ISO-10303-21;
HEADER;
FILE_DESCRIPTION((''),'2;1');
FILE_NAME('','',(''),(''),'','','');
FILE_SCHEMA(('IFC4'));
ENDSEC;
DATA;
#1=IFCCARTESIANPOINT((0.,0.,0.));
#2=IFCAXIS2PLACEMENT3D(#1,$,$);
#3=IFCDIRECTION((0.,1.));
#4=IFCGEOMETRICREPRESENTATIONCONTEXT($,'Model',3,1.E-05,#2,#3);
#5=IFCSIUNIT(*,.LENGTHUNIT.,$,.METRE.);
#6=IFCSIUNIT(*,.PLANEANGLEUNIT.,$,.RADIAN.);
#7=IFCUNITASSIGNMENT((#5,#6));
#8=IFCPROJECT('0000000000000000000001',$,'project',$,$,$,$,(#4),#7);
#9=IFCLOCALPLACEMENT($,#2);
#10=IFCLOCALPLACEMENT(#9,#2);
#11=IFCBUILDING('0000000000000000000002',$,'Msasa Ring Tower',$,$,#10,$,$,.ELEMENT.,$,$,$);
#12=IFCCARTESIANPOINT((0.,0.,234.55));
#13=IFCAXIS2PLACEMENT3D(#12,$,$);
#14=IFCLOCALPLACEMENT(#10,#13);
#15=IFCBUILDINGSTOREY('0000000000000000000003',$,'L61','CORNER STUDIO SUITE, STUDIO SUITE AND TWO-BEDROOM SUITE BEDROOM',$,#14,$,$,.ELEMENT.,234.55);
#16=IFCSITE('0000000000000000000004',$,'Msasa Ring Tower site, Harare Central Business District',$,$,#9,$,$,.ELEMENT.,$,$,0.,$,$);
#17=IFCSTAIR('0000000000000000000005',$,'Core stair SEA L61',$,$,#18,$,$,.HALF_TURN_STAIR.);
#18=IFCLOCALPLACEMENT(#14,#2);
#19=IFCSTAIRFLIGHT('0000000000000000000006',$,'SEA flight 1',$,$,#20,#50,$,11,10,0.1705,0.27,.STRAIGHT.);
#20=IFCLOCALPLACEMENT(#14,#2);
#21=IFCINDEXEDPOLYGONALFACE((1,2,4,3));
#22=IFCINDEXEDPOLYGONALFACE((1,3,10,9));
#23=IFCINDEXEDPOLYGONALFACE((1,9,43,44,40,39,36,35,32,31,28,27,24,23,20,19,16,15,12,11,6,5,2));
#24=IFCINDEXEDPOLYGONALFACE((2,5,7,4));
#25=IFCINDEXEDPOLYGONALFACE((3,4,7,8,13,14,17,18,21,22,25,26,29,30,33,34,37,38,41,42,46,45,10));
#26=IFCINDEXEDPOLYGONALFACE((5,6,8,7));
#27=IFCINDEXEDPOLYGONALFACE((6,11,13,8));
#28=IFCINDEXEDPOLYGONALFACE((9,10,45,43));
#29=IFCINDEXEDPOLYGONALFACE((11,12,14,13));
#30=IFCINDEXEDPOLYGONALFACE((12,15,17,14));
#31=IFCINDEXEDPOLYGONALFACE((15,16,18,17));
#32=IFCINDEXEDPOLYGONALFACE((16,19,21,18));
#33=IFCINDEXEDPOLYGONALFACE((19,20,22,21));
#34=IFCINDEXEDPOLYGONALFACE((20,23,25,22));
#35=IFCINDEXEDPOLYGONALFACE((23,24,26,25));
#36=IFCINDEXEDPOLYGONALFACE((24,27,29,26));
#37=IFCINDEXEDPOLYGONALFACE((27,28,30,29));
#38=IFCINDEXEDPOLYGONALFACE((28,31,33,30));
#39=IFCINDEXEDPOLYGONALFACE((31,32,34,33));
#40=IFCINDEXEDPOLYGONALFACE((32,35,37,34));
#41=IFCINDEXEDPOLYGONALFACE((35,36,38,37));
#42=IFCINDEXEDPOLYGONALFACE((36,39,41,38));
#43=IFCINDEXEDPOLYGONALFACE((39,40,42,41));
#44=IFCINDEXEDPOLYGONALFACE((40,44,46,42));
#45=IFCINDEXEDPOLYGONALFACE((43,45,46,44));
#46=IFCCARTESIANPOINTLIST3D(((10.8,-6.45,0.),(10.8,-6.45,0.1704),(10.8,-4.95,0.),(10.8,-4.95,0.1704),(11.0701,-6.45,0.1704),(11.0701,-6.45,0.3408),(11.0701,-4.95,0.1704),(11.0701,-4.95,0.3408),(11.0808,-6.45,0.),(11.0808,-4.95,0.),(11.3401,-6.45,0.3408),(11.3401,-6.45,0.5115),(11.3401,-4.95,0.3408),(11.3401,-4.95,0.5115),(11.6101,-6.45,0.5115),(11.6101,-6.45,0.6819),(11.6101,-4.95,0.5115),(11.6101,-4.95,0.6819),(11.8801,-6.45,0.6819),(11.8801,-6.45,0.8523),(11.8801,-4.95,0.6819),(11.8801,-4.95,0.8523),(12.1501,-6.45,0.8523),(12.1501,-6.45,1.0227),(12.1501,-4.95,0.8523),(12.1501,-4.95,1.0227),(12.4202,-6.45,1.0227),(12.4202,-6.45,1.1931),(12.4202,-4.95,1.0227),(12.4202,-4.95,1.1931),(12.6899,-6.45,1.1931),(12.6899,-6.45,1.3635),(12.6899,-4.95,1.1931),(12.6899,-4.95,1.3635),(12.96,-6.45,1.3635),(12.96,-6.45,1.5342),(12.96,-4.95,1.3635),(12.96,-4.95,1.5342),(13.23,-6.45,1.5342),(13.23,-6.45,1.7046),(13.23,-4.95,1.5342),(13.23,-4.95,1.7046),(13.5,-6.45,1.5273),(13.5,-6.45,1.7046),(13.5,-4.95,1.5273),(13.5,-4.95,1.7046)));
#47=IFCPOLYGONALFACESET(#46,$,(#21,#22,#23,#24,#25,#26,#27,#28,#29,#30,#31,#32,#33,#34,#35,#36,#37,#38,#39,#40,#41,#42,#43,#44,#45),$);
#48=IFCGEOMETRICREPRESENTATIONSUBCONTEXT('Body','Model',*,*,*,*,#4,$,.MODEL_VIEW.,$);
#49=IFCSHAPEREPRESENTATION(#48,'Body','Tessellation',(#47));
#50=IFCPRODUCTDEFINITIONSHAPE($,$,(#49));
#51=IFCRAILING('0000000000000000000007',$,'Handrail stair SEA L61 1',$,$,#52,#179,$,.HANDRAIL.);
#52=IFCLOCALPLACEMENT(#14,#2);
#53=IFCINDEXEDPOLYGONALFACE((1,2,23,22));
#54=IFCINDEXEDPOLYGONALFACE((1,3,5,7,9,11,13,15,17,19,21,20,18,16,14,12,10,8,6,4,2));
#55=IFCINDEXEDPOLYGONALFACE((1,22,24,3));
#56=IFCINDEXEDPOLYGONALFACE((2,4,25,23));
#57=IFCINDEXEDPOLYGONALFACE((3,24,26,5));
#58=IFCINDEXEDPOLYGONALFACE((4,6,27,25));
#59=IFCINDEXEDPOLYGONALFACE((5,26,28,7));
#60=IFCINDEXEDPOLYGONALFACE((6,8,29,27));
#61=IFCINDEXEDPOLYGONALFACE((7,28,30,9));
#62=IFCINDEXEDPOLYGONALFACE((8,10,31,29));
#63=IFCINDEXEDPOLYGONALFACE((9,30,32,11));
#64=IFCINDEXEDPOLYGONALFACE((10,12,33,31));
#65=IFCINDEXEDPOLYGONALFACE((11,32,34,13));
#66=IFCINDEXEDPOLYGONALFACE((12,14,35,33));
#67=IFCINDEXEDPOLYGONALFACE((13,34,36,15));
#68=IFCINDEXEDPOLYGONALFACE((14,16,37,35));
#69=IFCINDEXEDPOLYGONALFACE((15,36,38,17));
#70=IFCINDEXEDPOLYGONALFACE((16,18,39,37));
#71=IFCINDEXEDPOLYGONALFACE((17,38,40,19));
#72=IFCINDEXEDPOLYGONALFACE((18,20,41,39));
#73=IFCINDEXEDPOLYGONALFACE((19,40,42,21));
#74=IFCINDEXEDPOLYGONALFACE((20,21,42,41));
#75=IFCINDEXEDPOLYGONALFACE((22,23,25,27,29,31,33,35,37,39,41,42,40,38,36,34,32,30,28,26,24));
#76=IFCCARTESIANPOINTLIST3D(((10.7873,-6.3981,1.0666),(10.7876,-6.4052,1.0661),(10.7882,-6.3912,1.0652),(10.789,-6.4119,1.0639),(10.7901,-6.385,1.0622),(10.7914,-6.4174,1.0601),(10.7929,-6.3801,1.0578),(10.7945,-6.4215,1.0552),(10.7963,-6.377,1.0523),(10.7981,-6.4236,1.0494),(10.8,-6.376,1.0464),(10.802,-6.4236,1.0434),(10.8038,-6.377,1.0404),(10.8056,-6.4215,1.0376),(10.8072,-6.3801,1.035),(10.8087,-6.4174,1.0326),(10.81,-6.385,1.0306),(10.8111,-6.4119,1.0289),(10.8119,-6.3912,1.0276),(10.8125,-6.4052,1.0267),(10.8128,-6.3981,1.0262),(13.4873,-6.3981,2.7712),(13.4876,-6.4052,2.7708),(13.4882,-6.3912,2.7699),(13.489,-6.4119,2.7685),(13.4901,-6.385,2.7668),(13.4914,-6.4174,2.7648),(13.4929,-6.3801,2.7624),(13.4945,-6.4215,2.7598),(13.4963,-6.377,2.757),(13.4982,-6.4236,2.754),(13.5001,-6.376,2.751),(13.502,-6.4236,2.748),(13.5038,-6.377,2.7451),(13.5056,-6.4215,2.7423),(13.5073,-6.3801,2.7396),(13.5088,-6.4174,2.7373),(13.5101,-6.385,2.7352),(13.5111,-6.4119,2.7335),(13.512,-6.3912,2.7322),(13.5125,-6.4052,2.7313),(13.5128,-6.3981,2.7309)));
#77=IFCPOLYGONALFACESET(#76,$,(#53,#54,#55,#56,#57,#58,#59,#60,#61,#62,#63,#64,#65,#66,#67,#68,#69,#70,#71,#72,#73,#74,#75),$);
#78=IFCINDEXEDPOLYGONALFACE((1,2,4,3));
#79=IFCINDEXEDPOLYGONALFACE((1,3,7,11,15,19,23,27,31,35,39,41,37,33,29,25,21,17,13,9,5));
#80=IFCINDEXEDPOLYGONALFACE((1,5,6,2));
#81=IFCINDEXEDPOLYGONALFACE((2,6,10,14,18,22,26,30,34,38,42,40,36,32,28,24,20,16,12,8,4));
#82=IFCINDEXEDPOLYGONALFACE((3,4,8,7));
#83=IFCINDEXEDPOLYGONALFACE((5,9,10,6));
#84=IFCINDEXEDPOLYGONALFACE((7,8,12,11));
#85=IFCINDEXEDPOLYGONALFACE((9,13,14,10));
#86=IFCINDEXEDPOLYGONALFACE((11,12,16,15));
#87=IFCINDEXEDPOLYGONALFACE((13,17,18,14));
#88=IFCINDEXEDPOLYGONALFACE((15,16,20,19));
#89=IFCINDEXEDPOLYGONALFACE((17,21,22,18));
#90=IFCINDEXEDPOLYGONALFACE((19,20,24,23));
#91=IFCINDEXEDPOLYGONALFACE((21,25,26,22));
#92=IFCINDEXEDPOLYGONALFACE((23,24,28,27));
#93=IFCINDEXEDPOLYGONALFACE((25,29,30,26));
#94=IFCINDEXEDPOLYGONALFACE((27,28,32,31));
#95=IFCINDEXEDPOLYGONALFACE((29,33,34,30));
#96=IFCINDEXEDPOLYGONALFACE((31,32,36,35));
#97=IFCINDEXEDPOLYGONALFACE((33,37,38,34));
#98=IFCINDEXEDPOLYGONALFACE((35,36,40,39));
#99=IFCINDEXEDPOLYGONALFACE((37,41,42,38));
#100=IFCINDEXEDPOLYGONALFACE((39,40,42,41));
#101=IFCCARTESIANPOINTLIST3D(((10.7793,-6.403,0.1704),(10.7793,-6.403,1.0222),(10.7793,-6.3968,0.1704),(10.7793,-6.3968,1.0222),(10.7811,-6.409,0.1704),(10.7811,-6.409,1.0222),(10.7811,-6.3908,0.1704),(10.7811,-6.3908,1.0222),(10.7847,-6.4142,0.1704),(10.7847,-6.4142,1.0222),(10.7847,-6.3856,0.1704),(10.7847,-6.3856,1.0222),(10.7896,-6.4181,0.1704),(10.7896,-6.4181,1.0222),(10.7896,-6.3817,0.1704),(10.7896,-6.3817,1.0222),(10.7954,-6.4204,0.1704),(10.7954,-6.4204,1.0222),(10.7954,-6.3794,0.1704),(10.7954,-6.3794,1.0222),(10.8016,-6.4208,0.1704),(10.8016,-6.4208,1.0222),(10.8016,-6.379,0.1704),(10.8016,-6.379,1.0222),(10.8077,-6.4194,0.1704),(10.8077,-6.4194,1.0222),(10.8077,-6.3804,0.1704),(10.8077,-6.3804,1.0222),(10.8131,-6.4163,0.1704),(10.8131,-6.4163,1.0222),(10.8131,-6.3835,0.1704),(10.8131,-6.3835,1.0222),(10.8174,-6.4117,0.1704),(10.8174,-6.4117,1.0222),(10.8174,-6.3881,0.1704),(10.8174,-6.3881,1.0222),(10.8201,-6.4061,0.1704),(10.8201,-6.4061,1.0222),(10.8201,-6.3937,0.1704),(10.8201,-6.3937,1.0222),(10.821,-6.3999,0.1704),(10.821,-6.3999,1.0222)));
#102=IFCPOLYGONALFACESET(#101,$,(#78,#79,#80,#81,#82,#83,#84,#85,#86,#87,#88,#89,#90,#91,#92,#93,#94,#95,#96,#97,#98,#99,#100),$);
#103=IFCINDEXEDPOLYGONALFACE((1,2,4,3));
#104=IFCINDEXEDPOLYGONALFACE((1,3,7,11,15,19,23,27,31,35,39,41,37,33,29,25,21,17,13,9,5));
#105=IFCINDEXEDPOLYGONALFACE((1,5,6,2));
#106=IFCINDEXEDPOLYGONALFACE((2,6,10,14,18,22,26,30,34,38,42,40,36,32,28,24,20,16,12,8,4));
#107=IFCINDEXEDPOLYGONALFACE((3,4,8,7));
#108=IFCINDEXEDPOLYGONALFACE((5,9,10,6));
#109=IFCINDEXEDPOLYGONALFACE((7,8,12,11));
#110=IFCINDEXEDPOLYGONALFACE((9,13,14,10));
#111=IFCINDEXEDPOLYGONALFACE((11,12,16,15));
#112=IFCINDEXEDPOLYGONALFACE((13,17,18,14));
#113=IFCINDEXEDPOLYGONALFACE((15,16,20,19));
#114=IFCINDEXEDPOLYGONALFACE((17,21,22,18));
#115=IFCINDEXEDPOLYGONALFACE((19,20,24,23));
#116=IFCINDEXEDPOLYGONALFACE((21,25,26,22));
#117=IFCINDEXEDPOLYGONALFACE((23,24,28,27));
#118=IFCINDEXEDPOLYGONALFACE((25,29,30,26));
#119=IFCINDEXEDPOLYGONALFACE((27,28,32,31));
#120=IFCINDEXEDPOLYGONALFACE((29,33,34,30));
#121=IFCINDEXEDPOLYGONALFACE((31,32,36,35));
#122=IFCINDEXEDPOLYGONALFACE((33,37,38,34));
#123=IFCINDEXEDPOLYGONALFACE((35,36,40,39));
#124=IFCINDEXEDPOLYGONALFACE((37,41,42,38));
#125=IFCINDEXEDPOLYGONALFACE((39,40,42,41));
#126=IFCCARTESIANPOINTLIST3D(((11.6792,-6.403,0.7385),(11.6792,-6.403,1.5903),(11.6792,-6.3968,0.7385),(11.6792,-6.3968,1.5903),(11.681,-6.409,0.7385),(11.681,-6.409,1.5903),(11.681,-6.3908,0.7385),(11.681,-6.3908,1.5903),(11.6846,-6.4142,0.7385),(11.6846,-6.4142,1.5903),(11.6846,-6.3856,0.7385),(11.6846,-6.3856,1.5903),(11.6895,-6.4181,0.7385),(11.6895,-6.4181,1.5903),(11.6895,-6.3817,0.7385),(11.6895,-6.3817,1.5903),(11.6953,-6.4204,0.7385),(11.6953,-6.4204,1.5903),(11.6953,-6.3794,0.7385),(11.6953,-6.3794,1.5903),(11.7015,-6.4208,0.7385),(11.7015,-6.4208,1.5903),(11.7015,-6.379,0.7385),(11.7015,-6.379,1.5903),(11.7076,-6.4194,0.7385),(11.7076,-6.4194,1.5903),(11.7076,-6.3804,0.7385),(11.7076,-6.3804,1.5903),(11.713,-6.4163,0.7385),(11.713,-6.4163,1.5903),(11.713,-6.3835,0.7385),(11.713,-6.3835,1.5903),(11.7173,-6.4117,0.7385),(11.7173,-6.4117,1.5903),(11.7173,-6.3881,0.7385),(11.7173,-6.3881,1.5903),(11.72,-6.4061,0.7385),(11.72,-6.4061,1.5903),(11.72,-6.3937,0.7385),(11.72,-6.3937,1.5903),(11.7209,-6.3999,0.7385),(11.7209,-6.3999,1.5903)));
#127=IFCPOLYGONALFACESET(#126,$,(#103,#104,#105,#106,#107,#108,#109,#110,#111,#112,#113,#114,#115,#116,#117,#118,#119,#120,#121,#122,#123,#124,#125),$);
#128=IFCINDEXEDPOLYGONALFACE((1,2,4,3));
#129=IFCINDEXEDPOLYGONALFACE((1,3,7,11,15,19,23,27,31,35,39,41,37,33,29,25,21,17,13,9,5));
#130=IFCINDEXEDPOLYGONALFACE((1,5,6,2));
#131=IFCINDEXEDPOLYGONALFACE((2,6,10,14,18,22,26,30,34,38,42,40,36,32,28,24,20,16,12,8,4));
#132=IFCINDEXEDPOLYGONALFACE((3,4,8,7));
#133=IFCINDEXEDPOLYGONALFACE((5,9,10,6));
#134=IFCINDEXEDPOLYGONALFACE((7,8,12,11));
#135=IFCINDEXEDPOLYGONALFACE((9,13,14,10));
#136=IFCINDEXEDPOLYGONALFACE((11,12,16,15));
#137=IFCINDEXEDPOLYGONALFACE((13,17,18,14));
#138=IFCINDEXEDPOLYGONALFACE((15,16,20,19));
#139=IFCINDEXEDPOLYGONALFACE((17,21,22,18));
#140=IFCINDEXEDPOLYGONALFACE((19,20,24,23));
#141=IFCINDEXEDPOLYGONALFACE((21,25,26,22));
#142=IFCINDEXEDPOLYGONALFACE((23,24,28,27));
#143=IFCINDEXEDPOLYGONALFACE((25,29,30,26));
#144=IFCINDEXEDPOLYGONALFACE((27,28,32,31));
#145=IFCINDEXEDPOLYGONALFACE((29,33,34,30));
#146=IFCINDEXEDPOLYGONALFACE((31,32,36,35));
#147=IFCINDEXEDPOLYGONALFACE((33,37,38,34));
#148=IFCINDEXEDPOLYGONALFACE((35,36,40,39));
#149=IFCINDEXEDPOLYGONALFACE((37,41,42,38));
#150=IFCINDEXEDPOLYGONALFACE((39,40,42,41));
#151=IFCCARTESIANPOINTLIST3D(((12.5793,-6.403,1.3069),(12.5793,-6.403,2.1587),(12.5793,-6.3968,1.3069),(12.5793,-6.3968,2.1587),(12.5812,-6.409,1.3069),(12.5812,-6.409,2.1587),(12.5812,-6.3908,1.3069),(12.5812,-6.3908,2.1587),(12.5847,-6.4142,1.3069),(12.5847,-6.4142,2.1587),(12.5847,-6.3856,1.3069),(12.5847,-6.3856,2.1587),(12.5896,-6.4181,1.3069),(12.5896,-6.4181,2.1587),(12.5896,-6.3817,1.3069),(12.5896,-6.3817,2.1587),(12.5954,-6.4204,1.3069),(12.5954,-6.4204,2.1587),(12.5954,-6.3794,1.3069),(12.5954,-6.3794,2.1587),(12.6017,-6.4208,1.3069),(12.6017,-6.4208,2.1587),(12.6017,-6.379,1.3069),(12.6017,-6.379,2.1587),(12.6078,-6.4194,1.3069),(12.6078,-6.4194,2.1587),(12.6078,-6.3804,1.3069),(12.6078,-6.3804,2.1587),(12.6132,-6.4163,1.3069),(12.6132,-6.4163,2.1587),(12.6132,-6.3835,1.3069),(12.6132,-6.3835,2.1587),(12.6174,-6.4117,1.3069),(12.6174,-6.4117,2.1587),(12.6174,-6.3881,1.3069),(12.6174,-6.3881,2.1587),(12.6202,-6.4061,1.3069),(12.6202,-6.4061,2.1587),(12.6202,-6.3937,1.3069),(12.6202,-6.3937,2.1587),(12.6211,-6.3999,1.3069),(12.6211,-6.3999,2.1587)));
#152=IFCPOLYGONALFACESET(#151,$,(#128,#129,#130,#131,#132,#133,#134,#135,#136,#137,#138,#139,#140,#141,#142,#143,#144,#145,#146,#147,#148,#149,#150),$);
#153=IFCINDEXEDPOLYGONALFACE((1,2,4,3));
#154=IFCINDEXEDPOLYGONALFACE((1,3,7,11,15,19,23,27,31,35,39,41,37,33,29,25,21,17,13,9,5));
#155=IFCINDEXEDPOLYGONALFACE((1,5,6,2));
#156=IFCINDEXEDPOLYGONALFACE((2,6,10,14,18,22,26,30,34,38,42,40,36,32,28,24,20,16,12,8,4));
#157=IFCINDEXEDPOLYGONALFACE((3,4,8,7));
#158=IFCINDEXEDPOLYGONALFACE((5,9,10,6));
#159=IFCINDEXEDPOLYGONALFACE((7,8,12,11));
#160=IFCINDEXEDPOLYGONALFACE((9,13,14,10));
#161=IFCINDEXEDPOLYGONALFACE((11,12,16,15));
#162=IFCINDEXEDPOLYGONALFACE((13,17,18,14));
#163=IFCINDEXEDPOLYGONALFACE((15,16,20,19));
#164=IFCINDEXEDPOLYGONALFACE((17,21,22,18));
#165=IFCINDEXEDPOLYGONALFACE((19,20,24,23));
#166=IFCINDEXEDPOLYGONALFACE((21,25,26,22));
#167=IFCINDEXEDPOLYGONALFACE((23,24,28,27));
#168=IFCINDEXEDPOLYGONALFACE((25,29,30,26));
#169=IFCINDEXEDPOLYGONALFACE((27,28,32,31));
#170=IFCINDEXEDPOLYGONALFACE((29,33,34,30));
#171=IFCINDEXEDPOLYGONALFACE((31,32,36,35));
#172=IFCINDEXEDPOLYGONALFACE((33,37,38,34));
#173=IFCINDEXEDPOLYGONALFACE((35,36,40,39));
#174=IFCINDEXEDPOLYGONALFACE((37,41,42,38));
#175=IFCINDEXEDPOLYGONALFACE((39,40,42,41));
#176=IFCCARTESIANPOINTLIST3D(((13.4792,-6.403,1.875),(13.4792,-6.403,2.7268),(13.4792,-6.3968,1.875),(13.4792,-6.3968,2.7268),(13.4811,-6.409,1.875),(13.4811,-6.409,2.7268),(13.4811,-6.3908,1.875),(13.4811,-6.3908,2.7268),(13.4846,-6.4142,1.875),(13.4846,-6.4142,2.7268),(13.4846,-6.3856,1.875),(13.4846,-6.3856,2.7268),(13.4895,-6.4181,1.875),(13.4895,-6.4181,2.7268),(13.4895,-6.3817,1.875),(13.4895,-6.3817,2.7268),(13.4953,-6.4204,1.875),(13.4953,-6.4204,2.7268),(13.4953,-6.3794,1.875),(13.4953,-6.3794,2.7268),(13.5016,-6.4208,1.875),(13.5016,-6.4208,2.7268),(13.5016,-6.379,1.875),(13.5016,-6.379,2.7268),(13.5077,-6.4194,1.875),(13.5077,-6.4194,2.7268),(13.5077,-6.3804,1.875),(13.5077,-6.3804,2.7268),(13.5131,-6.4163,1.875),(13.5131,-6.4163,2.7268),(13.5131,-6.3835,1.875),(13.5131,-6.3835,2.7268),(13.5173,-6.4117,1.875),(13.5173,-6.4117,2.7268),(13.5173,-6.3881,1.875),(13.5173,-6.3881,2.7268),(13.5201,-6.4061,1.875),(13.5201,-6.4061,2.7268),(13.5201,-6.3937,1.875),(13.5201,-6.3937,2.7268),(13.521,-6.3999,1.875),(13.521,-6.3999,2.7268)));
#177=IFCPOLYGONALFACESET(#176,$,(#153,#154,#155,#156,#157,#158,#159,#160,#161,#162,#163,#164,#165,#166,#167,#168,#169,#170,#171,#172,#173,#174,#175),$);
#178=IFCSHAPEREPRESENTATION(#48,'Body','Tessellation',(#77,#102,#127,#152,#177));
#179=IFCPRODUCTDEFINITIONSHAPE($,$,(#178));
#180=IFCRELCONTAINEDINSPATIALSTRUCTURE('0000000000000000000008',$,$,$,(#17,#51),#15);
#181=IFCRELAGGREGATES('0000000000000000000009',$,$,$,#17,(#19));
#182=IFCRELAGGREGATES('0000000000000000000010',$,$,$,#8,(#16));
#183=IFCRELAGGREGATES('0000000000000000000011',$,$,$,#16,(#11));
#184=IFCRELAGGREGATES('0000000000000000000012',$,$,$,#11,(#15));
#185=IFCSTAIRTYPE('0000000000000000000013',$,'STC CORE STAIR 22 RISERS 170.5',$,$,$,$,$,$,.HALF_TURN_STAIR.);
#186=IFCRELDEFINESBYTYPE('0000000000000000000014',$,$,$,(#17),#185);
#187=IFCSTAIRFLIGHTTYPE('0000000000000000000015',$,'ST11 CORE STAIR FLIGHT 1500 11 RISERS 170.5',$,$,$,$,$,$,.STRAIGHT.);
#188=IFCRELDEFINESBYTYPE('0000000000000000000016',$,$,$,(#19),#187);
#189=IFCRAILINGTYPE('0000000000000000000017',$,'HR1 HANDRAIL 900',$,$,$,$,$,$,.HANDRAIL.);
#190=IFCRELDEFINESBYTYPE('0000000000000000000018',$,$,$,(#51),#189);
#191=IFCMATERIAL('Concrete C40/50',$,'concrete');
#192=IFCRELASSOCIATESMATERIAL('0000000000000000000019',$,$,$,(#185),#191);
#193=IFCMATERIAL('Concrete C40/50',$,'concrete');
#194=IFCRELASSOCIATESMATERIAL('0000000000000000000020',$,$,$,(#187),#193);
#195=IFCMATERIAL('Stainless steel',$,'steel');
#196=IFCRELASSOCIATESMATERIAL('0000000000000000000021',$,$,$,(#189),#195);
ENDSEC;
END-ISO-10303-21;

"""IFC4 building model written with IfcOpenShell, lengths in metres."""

from ifc_helpers import new_model, si_unit, direction, frame, origin, origin_2d, place, context, subcontext, project, spatial, polyline, circle, outline, extrude, material, type_object, element, aggregate, save


model = new_model("IFC4")

# Units and contexts
model_context = context("Model", 3, precision=1e-05, world=origin(), true_north=direction((0.0, 1.0)))
body_context = subcontext(model_context, "Body", "Model", "MODEL_VIEW")
ifc_project = project(units=[si_unit("LENGTHUNIT", "METRE"), si_unit("PLANEANGLEUNIT", "RADIAN")], contexts=[model_context])

# Site, building, storey
site_placement = place(None, origin())
site = spatial("IfcSite", under=ifc_project, at=site_placement, Name="Msasa Ring Tower site, Harare Central Business District", CompositionType="ELEMENT", RefElevation=0.0)
building_placement = place(site_placement, origin())
building = spatial("IfcBuilding", under=site, at=building_placement, Name="Msasa Ring Tower", CompositionType="ELEMENT")
storey_placement = place(building_placement, frame((0.0, 0.0, 234.55)))
storey = spatial("IfcBuildingStorey", under=building, at=storey_placement, Name="L61", Description="CORNER STUDIO SUITE, STUDIO SUITE AND TWO-BEDROOM SUITE BEDROOM", CompositionType="ELEMENT", Elevation=234.55)

# Shared definitions
ifc_material_1 = material(Name="Concrete C40/50", Category="concrete")
stair_type = type_object("IfcStairType", Name="STC CORE STAIR 22 RISERS 170.5", PredefinedType="HALF_TURN_STAIR", material=ifc_material_1)

# Stair, stair flight
stair_1_placement = place(storey_placement, origin())
stair_1 = element("IfcStair", 1, at=stair_1_placement, inside=storey, type_object=stair_type, Name="Core stair SEA L61", PredefinedType="HALF_TURN_STAIR")
ifc_material_2 = material(Name="Concrete C40/50", Category="concrete")
stair_flight_type = type_object("IfcStairFlightType", Name="ST11 CORE STAIR FLIGHT 1500 11 RISERS 170.5", PredefinedType="STRAIGHT", material=ifc_material_2)
stair_flight_placement = place(storey_placement, frame((10.8, -5.7, 0.0), z_axis=(0.0, 0.0, 1.0), x_axis=(1.0, 0.0, 0.0)))
stair_flight = element("IfcStairFlight", 2, at=stair_flight_placement, type_object=stair_flight_type, Name="SEA flight 1", NumberOfRisers=11, NumberOfTreads=10, PredefinedType="STRAIGHT", RiserHeight=0.1705, TreadLength=0.27, context=body_context, shape_type="SweptSolid", body=[
    extrude(outline(polyline([(0.0, 0.0), (0.0, 0.1704), (0.27, 0.1704), (0.27, 0.3408), (0.54, 0.3408), (0.54, 0.5115), (0.8101, 0.5115), (0.8101, 0.6819), (1.0801, 0.6819), (1.0801, 0.8523), (1.3501, 0.8523), (1.3501, 1.0227), (1.6201, 1.0227), (1.6201, 1.1931), (1.8899, 1.1931), (1.8899, 1.3635), (2.1599, 1.3635), (2.1599, 1.5342), (2.4299, 1.5342), (2.4299, 1.7046), (2.7, 1.7046), (2.7, 1.875), (2.7, 1.5273), (0.2808, 0.0), (0.0, 0.0)])), frame((0.0, 0.75, 0.0), z_axis=(0.0, -1.0, 0.0), x_axis=(1.0, 0.0, 0.0)), (0.0, 0.0, 1.0), 1.5),
])
aggregate(stair_1, [stair_flight])

# Railing
ifc_material_3 = material(Name="Stainless steel", Category="steel")
railing_type = type_object("IfcRailingType", Name="HR1 HANDRAIL 900", PredefinedType="HANDRAIL", material=ifc_material_3)
for number, where, name in (
    (3, (10.8, -6.3999, 0.1704), "Handrail stair SEA L61 1"),
):
    element("IfcRailing", number, at=place(storey_placement, frame(where)), inside=storey, type_object=railing_type, Name=name, PredefinedType="HANDRAIL", context=body_context, shape_type="SweptSolid", body=[
        extrude(circle(Radius=0.0239, at=origin_2d()), frame((0.0, 0.0, 0.876), z_axis=(0.84558, 0.0, 0.533849), x_axis=(0.0, 1.0, 0.0)), (0.0, 0.0, 1.0), 3.1931),
        extrude(circle(Radius=0.021, at=origin_2d()), origin(), (0.0, 0.0, 1.0), 0.8518),
        extrude(circle(Radius=0.021, at=origin_2d()), frame((0.8999, 0.0, 0.5681)), (0.0, 0.0, 1.0), 0.8518),
        extrude(circle(Radius=0.021, at=origin_2d()), frame((1.8, 0.0, 1.1365)), (0.0, 0.0, 1.0), 0.8518),
        extrude(circle(Radius=0.021, at=origin_2d()), frame((2.7, 0.0, 1.7046)), (0.0, 0.0, 1.0), 0.8518),
    ])

save(model, "model.ifc")
